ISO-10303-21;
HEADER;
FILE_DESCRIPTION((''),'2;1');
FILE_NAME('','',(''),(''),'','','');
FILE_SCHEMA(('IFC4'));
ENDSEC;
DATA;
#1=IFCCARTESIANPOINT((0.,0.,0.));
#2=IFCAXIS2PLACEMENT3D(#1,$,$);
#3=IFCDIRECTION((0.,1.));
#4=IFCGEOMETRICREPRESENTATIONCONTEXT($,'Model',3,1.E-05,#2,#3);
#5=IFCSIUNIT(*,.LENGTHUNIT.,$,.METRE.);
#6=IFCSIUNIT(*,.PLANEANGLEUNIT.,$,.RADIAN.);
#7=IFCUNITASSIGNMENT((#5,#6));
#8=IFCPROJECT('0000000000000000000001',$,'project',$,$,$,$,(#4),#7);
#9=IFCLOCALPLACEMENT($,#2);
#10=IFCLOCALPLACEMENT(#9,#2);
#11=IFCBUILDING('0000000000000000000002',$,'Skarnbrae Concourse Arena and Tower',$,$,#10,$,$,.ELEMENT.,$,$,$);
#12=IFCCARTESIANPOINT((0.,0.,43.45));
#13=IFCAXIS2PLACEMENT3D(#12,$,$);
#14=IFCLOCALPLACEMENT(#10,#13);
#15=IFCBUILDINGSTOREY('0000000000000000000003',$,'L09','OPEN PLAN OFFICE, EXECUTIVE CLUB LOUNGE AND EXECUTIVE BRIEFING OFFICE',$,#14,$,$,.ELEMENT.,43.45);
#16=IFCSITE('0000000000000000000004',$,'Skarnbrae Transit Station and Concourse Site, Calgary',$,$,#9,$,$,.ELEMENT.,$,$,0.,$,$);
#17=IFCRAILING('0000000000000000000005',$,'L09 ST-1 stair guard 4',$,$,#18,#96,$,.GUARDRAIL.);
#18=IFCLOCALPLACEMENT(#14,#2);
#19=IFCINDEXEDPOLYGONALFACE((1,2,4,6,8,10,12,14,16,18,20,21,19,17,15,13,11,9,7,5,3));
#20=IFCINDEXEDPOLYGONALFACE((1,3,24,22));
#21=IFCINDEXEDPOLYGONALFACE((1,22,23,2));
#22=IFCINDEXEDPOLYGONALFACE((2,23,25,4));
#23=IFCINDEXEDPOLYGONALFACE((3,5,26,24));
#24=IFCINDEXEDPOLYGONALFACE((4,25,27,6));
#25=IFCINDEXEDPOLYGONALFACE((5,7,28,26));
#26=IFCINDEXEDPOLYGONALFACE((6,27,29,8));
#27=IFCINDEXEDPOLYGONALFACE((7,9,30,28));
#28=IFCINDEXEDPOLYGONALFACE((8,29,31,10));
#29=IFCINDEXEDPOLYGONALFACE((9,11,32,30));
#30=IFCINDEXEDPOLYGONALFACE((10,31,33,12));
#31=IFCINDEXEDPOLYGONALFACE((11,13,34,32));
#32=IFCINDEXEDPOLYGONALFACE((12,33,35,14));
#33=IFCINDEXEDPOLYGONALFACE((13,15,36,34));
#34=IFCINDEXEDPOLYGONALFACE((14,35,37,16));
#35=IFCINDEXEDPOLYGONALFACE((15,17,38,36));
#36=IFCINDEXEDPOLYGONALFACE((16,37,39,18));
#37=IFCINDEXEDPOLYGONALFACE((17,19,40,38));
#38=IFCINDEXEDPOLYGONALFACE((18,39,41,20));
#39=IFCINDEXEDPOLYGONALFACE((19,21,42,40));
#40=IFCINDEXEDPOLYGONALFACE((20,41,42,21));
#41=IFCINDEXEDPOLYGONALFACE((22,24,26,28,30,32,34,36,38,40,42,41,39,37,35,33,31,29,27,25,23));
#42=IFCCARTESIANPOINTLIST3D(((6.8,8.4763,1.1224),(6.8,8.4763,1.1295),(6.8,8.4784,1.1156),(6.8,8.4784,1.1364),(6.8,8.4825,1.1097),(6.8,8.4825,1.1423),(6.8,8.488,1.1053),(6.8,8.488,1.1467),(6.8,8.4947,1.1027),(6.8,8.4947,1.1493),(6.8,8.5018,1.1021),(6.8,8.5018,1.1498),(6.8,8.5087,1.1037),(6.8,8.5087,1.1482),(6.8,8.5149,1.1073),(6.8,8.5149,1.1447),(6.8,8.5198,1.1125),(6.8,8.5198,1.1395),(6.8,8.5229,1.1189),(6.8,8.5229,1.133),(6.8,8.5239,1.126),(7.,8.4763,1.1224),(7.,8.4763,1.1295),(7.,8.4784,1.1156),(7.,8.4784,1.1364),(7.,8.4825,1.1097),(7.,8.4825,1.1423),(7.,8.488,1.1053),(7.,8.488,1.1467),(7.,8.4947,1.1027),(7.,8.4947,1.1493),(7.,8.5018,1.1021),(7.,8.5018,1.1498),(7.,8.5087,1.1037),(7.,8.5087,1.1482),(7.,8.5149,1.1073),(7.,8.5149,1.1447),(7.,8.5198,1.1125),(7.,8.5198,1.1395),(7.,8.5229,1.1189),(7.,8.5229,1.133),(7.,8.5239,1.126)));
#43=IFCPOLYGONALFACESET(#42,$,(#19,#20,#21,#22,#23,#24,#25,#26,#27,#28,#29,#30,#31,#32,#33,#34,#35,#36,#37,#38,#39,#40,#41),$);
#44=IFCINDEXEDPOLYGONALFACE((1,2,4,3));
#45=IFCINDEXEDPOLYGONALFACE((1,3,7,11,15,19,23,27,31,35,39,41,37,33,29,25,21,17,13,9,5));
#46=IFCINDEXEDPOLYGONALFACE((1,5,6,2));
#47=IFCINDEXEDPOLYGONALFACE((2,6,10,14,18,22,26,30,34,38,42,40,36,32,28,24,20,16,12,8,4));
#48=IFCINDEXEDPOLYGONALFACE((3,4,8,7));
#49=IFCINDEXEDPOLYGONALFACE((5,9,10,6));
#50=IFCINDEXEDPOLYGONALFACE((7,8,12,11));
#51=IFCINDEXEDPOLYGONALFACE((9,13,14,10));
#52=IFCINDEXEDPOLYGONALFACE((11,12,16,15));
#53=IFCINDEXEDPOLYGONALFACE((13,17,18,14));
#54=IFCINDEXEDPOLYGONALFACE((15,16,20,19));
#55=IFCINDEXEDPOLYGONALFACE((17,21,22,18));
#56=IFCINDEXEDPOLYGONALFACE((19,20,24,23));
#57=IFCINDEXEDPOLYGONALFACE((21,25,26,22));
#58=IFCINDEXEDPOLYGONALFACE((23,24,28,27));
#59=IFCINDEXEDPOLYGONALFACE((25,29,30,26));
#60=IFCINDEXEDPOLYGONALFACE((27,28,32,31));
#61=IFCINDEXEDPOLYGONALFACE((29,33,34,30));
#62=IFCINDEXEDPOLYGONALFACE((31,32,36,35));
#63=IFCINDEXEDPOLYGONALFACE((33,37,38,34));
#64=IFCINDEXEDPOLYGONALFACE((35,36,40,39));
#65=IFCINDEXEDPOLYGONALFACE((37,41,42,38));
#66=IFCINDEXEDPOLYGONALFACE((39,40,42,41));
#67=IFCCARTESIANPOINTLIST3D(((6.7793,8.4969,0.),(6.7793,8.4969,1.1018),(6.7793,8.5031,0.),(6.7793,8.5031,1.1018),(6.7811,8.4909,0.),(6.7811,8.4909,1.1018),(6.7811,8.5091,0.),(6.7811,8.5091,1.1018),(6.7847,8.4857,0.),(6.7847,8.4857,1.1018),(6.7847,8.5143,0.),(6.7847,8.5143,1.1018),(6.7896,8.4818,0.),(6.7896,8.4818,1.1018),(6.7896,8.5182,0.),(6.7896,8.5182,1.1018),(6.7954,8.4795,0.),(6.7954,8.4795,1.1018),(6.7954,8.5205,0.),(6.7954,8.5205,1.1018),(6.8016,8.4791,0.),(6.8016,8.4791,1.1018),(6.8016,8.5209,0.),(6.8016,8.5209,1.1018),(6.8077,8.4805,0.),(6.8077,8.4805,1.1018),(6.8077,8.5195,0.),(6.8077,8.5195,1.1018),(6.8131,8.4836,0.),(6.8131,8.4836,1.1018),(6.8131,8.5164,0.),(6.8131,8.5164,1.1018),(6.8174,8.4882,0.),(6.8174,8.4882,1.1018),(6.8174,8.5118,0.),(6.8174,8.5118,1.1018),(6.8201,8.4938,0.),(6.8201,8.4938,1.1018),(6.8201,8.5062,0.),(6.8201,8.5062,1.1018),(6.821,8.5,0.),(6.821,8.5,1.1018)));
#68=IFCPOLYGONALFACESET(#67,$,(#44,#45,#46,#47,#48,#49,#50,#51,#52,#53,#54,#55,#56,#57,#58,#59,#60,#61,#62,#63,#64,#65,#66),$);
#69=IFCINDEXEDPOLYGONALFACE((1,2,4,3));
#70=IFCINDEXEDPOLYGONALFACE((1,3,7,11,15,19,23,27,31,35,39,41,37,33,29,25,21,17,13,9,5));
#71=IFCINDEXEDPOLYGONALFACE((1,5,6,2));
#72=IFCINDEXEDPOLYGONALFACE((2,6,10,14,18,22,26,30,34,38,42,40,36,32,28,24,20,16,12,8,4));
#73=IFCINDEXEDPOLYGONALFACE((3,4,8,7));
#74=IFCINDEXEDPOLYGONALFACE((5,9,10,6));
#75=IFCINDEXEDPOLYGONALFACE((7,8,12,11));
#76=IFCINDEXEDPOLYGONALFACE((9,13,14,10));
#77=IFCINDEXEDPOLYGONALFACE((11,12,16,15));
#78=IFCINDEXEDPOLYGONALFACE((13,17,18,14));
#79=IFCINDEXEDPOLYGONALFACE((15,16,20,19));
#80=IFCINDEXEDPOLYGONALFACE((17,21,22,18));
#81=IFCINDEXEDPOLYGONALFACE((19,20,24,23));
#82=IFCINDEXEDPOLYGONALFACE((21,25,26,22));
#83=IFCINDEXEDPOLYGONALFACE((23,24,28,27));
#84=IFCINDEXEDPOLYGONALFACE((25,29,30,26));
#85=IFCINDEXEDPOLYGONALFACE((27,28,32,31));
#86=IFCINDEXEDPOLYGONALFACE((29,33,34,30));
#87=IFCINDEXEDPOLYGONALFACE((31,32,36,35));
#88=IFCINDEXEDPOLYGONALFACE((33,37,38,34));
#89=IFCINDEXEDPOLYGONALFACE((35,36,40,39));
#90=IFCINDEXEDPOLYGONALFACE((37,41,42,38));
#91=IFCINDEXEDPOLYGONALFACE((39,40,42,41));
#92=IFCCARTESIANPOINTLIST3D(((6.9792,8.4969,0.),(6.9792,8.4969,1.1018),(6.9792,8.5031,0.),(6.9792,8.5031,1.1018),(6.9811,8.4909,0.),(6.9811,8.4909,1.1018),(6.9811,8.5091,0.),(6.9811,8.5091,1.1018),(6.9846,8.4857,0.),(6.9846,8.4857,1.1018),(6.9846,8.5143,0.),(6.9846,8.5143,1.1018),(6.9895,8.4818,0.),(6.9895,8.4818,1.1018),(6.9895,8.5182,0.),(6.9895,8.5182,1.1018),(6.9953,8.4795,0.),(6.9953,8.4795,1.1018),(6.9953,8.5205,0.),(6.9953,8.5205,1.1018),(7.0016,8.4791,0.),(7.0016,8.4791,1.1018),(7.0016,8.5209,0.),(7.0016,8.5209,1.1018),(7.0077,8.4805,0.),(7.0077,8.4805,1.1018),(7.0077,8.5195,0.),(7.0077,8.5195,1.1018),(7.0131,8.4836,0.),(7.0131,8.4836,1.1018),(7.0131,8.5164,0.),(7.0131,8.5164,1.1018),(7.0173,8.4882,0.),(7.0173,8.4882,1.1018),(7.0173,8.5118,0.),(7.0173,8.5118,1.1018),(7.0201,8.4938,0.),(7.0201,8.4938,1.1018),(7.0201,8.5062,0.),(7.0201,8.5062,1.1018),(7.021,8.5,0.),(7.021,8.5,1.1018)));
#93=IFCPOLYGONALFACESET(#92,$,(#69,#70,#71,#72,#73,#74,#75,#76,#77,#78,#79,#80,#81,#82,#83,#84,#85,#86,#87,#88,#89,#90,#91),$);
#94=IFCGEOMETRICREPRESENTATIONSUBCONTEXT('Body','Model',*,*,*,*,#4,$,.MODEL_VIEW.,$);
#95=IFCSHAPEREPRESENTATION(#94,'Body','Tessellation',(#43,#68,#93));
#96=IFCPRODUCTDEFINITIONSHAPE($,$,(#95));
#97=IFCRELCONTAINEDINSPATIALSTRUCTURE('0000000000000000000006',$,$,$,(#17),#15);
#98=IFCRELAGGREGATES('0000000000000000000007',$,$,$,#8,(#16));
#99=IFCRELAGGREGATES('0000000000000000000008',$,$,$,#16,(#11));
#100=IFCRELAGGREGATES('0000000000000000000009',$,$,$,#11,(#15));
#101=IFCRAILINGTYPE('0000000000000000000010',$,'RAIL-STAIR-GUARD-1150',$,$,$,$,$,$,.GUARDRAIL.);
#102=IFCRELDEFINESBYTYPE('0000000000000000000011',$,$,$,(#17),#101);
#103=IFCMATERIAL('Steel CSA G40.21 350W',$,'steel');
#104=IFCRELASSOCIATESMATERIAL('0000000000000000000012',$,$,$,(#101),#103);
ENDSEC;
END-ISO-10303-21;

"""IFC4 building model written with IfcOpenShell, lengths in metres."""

from ifc_helpers import new_model, si_unit, direction, frame, origin, origin_2d, place, context, subcontext, project, spatial, circle, extrude, material, type_object, element, save


model = new_model("IFC4")

# Units and contexts
model_context = context("Model", 3, precision=1e-05, world=origin(), true_north=direction((0.0, 1.0)))
body_context = subcontext(model_context, "Body", "Model", "MODEL_VIEW")
ifc_project = project(units=[si_unit("LENGTHUNIT", "METRE"), si_unit("PLANEANGLEUNIT", "RADIAN")], contexts=[model_context])

# Site, building, storey
site_placement = place(None, origin())
site = spatial("IfcSite", under=ifc_project, at=site_placement, Name="Skarnbrae Transit Station and Concourse Site, Calgary", CompositionType="ELEMENT", RefElevation=0.0)
building_placement = place(site_placement, origin())
building = spatial("IfcBuilding", under=site, at=building_placement, Name="Skarnbrae Concourse Arena and Tower", CompositionType="ELEMENT")
storey_placement = place(building_placement, frame((0.0, 0.0, 43.45)))
storey = spatial("IfcBuildingStorey", under=building, at=storey_placement, Name="L09", Description="OPEN PLAN OFFICE, EXECUTIVE CLUB LOUNGE AND EXECUTIVE BRIEFING OFFICE", CompositionType="ELEMENT", Elevation=43.45)

# Shared definitions
ifc_material_1 = material(Name="Steel CSA G40.21 350W", Category="steel")

# Railing
railing_type_1 = type_object("IfcRailingType", Name="RAIL-STAIR-GUARD-1150", PredefinedType="GUARDRAIL", material=ifc_material_1)
railing_1_placement = place(storey_placement, frame((6.8, 8.5, 0.0)))
element("IfcRailing", 1, at=railing_1_placement, inside=storey, type_object=railing_type_1, Name="L09 ST-1 stair guard 4", PredefinedType="GUARDRAIL", context=body_context, shape_type="SweptSolid", body=[
    extrude(circle(Radius=0.0239, at=origin_2d()), frame((0.0, 0.0, 1.126), z_axis=(1.0, 0.0, 0.0), x_axis=(0.0, 1.0, 0.0)), (0.0, 0.0, 1.0), 0.2),
    extrude(circle(Radius=0.021, at=origin_2d()), origin(), (0.0, 0.0, 1.0), 1.1018),
    extrude(circle(Radius=0.021, at=origin_2d()), frame((0.2, 0.0, 0.0)), (0.0, 0.0, 1.0), 1.1018),
])

save(model, "model.ifc")
